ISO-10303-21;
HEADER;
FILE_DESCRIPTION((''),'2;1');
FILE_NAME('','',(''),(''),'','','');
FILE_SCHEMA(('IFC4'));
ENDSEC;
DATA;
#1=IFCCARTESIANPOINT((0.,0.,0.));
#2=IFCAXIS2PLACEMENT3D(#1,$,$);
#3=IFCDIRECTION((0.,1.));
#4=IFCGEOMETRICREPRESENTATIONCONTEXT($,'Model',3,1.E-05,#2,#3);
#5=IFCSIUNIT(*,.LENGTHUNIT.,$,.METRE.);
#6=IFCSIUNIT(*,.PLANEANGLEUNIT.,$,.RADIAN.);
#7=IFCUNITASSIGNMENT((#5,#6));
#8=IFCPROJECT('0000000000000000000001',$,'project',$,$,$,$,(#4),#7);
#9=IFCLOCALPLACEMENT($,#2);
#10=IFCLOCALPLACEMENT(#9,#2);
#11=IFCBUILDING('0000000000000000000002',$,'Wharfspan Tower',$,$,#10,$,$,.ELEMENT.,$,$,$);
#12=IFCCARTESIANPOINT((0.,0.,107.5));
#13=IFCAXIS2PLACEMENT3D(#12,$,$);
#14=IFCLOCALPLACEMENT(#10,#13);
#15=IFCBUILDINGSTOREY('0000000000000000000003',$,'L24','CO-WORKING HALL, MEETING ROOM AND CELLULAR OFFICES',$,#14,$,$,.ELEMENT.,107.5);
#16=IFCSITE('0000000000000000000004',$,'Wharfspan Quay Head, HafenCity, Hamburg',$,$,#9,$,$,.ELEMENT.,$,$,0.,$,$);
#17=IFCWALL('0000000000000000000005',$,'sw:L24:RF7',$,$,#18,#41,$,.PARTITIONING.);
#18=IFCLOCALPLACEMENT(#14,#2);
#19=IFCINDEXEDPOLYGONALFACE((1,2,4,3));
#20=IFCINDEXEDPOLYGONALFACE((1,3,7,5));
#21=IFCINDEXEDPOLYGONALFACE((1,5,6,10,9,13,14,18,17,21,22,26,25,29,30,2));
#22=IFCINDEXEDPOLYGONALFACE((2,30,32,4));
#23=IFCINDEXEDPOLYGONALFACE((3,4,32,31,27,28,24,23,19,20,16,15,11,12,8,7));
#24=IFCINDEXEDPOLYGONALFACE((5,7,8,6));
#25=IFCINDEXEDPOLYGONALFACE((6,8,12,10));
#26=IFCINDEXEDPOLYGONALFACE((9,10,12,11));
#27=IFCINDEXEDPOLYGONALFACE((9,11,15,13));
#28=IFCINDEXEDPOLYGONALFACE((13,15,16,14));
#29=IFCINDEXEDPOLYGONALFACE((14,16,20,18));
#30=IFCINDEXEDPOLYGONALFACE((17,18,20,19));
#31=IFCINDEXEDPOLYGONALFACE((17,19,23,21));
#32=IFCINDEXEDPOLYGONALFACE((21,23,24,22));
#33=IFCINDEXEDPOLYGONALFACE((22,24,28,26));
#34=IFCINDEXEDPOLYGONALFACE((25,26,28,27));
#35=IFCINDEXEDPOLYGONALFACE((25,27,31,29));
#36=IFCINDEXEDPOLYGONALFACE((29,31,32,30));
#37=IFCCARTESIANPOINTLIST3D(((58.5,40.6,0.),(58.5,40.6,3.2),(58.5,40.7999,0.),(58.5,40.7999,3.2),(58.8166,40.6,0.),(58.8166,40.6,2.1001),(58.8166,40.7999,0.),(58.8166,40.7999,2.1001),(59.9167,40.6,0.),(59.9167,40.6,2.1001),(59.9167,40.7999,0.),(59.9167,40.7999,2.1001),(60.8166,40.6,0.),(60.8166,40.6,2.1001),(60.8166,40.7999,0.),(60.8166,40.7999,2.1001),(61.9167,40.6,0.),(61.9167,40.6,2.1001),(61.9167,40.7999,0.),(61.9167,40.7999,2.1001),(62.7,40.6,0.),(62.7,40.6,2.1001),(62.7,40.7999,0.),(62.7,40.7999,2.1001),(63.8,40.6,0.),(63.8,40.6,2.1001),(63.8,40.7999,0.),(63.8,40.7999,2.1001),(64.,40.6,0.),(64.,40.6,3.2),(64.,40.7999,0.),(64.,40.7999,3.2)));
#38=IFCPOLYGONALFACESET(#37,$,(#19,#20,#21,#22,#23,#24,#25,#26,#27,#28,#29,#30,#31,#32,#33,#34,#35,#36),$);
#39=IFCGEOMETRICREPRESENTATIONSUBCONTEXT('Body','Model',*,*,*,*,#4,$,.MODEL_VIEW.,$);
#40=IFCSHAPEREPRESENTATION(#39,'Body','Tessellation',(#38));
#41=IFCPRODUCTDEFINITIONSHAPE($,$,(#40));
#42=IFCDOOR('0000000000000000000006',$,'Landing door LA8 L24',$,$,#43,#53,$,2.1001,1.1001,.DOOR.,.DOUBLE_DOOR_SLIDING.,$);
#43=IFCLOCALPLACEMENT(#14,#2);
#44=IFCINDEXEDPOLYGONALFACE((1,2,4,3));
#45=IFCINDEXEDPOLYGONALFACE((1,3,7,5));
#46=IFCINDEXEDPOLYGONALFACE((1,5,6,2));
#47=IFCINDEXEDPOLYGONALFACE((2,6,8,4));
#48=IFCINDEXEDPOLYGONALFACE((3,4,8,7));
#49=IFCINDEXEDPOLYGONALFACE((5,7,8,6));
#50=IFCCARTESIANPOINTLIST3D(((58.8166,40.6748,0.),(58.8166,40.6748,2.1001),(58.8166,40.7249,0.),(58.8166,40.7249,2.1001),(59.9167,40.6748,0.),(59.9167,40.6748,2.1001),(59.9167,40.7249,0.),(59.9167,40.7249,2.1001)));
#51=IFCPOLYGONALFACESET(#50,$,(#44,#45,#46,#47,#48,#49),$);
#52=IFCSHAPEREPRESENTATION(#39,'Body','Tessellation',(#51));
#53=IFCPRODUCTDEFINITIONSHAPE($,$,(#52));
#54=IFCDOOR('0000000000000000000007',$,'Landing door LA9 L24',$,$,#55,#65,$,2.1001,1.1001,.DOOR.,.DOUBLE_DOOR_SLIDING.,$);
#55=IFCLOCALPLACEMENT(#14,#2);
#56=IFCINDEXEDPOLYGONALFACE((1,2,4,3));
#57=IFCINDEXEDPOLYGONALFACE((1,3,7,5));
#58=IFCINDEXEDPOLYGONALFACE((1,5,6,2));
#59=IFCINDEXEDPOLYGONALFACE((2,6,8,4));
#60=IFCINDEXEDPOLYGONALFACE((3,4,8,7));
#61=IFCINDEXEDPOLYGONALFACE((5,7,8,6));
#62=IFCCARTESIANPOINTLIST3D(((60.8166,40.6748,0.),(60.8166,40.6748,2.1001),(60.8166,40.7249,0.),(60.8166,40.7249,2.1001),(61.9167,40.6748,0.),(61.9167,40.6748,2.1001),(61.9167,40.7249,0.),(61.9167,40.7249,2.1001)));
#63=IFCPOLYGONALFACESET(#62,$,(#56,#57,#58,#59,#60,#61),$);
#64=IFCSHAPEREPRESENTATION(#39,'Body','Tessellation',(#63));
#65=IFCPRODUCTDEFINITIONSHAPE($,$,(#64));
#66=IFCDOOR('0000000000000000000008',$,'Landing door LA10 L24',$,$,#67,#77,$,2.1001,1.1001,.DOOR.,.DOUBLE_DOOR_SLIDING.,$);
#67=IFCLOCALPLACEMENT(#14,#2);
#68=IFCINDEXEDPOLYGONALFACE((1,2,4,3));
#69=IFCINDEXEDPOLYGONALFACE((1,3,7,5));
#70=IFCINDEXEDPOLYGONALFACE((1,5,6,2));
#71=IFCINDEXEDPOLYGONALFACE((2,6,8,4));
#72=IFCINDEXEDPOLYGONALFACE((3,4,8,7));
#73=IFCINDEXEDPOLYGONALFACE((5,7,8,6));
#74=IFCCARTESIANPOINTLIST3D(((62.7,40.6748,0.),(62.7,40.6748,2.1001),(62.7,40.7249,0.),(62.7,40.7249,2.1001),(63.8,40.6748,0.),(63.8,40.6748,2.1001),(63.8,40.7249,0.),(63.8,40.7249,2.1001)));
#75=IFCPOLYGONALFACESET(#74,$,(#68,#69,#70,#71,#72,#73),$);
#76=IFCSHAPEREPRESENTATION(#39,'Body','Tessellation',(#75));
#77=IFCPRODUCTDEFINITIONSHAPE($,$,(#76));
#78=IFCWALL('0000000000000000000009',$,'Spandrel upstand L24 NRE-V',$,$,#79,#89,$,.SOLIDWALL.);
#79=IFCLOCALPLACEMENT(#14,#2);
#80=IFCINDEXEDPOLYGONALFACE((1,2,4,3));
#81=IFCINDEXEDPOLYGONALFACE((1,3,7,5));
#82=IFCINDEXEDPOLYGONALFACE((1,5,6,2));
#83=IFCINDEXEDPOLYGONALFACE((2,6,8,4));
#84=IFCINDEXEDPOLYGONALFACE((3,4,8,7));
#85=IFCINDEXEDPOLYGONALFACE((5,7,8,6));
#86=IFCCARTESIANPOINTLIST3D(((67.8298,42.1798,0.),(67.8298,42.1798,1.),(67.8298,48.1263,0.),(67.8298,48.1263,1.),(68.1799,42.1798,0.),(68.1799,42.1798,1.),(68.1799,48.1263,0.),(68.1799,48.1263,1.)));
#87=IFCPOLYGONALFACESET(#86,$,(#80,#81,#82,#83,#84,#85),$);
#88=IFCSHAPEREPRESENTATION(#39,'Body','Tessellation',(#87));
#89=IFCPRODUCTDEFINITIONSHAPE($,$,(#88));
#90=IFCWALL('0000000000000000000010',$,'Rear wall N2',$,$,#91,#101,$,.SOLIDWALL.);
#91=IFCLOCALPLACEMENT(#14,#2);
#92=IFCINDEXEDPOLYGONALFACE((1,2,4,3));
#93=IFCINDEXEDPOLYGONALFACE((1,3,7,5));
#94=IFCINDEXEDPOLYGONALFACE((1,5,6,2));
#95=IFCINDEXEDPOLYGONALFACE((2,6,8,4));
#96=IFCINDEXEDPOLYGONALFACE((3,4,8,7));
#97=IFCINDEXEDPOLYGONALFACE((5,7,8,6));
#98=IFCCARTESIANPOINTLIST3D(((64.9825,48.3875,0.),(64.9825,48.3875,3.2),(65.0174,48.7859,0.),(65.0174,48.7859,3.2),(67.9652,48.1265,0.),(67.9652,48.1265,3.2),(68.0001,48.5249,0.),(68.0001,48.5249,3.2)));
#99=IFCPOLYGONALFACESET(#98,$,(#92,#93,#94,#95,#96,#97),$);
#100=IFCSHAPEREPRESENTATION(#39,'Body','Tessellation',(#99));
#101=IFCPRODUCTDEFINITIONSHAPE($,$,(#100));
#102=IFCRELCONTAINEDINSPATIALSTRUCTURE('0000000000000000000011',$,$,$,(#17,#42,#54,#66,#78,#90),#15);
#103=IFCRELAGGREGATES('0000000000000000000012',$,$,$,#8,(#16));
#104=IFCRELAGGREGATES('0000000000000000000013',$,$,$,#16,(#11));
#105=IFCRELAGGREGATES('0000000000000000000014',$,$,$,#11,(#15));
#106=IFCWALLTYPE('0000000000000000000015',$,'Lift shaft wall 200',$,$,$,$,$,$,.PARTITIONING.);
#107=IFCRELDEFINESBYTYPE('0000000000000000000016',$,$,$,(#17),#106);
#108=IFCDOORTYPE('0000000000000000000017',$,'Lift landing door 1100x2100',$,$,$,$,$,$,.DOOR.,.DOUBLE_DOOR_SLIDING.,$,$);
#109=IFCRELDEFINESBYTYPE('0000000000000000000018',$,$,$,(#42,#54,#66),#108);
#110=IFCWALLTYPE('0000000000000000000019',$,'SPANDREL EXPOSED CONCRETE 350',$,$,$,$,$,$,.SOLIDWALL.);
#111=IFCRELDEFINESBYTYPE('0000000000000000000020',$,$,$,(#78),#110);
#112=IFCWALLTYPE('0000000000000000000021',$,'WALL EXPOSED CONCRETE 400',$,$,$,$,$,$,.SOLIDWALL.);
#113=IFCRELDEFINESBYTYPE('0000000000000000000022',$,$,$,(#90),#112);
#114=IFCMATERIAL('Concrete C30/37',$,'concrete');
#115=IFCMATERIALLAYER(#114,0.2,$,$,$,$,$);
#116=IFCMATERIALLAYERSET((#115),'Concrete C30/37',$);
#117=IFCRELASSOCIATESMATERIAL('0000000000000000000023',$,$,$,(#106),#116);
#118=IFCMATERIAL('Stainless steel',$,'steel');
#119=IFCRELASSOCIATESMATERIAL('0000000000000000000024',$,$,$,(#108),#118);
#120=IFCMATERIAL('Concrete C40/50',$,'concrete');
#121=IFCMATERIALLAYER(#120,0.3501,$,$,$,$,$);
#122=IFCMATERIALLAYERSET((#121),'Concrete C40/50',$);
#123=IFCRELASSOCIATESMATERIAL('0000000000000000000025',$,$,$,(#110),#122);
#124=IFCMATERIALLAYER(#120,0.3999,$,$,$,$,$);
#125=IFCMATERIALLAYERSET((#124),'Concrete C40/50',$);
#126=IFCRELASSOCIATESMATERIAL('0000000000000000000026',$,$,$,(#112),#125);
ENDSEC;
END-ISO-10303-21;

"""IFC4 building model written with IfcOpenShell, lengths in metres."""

from ifc_helpers import new_model, si_unit, direction, frame, frame_2d, origin, place, context, subcontext, project, spatial, rectangle, extrude, material, layer, layer_set, type_object, element, fill, save


model = new_model("IFC4")

# Units and contexts
model_context = context("Model", 3, precision=1e-05, world=origin(), true_north=direction((0.0, 1.0)))
body_context = subcontext(model_context, "Body", "Model", "MODEL_VIEW")
ifc_project = project(units=[si_unit("LENGTHUNIT", "METRE"), si_unit("PLANEANGLEUNIT", "RADIAN")], contexts=[model_context])

# Site, building, storey
site_placement = place(None, origin())
site = spatial("IfcSite", under=ifc_project, at=site_placement, Name="Wharfspan Quay Head, HafenCity, Hamburg", CompositionType="ELEMENT", RefElevation=0.0)
building_placement = place(site_placement, origin())
building = spatial("IfcBuilding", under=site, at=building_placement, Name="Wharfspan Tower", CompositionType="ELEMENT")
storey_placement = place(building_placement, frame((0.0, 0.0, 107.5)))
storey = spatial("IfcBuildingStorey", under=building, at=storey_placement, Name="L24", Description="CO-WORKING HALL, MEETING ROOM AND CELLULAR OFFICES", CompositionType="ELEMENT", Elevation=107.5)

# Wall, openings, doors
ifc_material_1 = material(Name="Concrete C30/37", Category="concrete")
ifc_layer_1 = layer(ifc_material_1, 0.2)
ifc_layer_set_1 = layer_set([ifc_layer_1], Name="Concrete C30/37")
wall_type_1 = type_object("IfcWallType", Name="Lift shaft wall 200", PredefinedType="PARTITIONING", material=ifc_layer_set_1)
wall_1_placement = place(storey_placement, frame((58.5, 40.7, 0.0), z_axis=(0.0, 0.0, 1.0), x_axis=(1.0, 0.0, 0.0)))
wall_1 = element("IfcWall", 1, at=wall_1_placement, inside=storey, type_object=wall_type_1, Name="sw:L24:RF7", PredefinedType="PARTITIONING", context=body_context, shape_type="SweptSolid", body=[
    extrude(rectangle(XDim=5.5, YDim=0.2, at=frame_2d((2.75, 0.0))), origin(), (0.0, 0.0, 1.0), 3.2),
])
opening_1_placement = place(wall_1_placement, frame((0.3166, 0.0, 0.0)))
opening_1 = element("IfcOpeningElement", 2, at=opening_1_placement, cuts=wall_1, PredefinedType="OPENING", context=body_context, shape_type="SweptSolid", body=[
    extrude(rectangle(XDim=1.1001, YDim=2.1001, at=frame_2d((0.55, 1.05))), frame((0.0, 0.1099, 0.0), z_axis=(0.0, -1.0, 0.0), x_axis=(1.0, 0.0, 0.0)), (0.0, 0.0, 1.0), 0.22),
])
opening_2_placement = place(wall_1_placement, frame((2.3167, 0.0, 0.0)))
opening_2 = element("IfcOpeningElement", 3, at=opening_2_placement, cuts=wall_1, PredefinedType="OPENING", context=body_context, shape_type="SweptSolid", body=[
    extrude(rectangle(XDim=1.1001, YDim=2.1001, at=frame_2d((0.55, 1.05))), frame((0.0, 0.1099, 0.0), z_axis=(0.0, -1.0, 0.0), x_axis=(1.0, 0.0, 0.0)), (0.0, 0.0, 1.0), 0.22),
])
opening_3_placement = place(wall_1_placement, frame((4.2, 0.0, 0.0)))
opening_3 = element("IfcOpeningElement", 4, at=opening_3_placement, cuts=wall_1, PredefinedType="OPENING", context=body_context, shape_type="SweptSolid", body=[
    extrude(rectangle(XDim=1.1001, YDim=2.1001, at=frame_2d((0.55, 1.05))), frame((0.0, 0.1099, 0.0), z_axis=(0.0, -1.0, 0.0), x_axis=(1.0, 0.0, 0.0)), (0.0, 0.0, 1.0), 0.22),
])
ifc_material_2 = material(Name="Stainless steel", Category="steel")
door_type_1 = type_object("IfcDoorType", Name="Lift landing door 1100x2100", OperationType="DOUBLE_DOOR_SLIDING", PredefinedType="DOOR", material=ifc_material_2)
door_1_placement = place(opening_1_placement, origin())
door_1 = element("IfcDoor", 5, at=door_1_placement, inside=storey, type_object=door_type_1, Name="Landing door LA8 L24", OperationType="DOUBLE_DOOR_SLIDING", OverallHeight=2.1001, OverallWidth=1.1001, PredefinedType="DOOR", context=body_context, shape_type="SweptSolid", body=[
    extrude(rectangle(XDim=1.1001, YDim=2.1001, at=frame_2d((0.55, 1.05))), frame((0.0, 0.0249, 0.0), z_axis=(0.0, -1.0, 0.0), x_axis=(1.0, 0.0, 0.0)), (0.0, 0.0, 1.0), 0.05),
])
fill(opening_1, door_1)
door_2_placement = place(opening_2_placement, origin())
door_2 = element("IfcDoor", 6, at=door_2_placement, inside=storey, type_object=door_type_1, Name="Landing door LA9 L24", OperationType="DOUBLE_DOOR_SLIDING", OverallHeight=2.1001, OverallWidth=1.1001, PredefinedType="DOOR", context=body_context, shape_type="SweptSolid", body=[
    extrude(rectangle(XDim=1.1001, YDim=2.1001, at=frame_2d((0.55, 1.05))), frame((0.0, 0.0249, 0.0), z_axis=(0.0, -1.0, 0.0), x_axis=(1.0, 0.0, 0.0)), (0.0, 0.0, 1.0), 0.05),
])
fill(opening_2, door_2)
door_3_placement = place(opening_3_placement, origin())
door_3 = element("IfcDoor", 7, at=door_3_placement, inside=storey, type_object=door_type_1, Name="Landing door LA10 L24", OperationType="DOUBLE_DOOR_SLIDING", OverallHeight=2.1001, OverallWidth=1.1001, PredefinedType="DOOR", context=body_context, shape_type="SweptSolid", body=[
    extrude(rectangle(XDim=1.1001, YDim=2.1001, at=frame_2d((0.55, 1.05))), frame((0.0, 0.0249, 0.0), z_axis=(0.0, -1.0, 0.0), x_axis=(1.0, 0.0, 0.0)), (0.0, 0.0, 1.0), 0.05),
])
fill(opening_3, door_3)

# Walls
ifc_material_3 = material(Name="Concrete C40/50", Category="concrete")
ifc_layer_2 = layer(ifc_material_3, 0.3501)
ifc_layer_set_2 = layer_set([ifc_layer_2], Name="Concrete C40/50")
wall_type_2 = type_object("IfcWallType", Name="SPANDREL EXPOSED CONCRETE 350", PredefinedType="SOLIDWALL", material=ifc_layer_set_2)
wall_2_placement = place(storey_placement, frame((68.0049, 42.1799, 0.0), z_axis=(0.0, 0.0, 1.0), x_axis=(0.0, 1.0, 0.0)))
element("IfcWall", 8, at=wall_2_placement, inside=storey, type_object=wall_type_2, Name="Spandrel upstand L24 NRE-V", PredefinedType="SOLIDWALL", context=body_context, shape_type="SweptSolid", body=[
    extrude(rectangle(XDim=5.9465, YDim=0.3501, at=frame_2d((2.9731, 0.0))), origin(), (0.0, 0.0, 1.0), 1.0),
])
ifc_layer_3 = layer(ifc_material_3, 0.3999)
ifc_layer_set_3 = layer_set([ifc_layer_3], Name="Concrete C40/50")
wall_type_3 = type_object("IfcWallType", Name="WALL EXPOSED CONCRETE 400", PredefinedType="SOLIDWALL", material=ifc_layer_set_3)
wall_3_placement = place(storey_placement, frame((67.9827, 48.3257, 0.0), z_axis=(0.0, 0.0, 1.0), x_axis=(-0.996194, 0.087168, 0.0)))
element("IfcWall", 9, at=wall_3_placement, inside=storey, type_object=wall_type_3, Name="Rear wall N2", PredefinedType="SOLIDWALL", context=body_context, shape_type="SweptSolid", body=[
    extrude(rectangle(XDim=2.9941, YDim=0.3999, at=frame_2d((1.4971, 0.0))), origin(), (0.0, 0.0, 1.0), 3.2),
])

save(model, "model.ifc")
